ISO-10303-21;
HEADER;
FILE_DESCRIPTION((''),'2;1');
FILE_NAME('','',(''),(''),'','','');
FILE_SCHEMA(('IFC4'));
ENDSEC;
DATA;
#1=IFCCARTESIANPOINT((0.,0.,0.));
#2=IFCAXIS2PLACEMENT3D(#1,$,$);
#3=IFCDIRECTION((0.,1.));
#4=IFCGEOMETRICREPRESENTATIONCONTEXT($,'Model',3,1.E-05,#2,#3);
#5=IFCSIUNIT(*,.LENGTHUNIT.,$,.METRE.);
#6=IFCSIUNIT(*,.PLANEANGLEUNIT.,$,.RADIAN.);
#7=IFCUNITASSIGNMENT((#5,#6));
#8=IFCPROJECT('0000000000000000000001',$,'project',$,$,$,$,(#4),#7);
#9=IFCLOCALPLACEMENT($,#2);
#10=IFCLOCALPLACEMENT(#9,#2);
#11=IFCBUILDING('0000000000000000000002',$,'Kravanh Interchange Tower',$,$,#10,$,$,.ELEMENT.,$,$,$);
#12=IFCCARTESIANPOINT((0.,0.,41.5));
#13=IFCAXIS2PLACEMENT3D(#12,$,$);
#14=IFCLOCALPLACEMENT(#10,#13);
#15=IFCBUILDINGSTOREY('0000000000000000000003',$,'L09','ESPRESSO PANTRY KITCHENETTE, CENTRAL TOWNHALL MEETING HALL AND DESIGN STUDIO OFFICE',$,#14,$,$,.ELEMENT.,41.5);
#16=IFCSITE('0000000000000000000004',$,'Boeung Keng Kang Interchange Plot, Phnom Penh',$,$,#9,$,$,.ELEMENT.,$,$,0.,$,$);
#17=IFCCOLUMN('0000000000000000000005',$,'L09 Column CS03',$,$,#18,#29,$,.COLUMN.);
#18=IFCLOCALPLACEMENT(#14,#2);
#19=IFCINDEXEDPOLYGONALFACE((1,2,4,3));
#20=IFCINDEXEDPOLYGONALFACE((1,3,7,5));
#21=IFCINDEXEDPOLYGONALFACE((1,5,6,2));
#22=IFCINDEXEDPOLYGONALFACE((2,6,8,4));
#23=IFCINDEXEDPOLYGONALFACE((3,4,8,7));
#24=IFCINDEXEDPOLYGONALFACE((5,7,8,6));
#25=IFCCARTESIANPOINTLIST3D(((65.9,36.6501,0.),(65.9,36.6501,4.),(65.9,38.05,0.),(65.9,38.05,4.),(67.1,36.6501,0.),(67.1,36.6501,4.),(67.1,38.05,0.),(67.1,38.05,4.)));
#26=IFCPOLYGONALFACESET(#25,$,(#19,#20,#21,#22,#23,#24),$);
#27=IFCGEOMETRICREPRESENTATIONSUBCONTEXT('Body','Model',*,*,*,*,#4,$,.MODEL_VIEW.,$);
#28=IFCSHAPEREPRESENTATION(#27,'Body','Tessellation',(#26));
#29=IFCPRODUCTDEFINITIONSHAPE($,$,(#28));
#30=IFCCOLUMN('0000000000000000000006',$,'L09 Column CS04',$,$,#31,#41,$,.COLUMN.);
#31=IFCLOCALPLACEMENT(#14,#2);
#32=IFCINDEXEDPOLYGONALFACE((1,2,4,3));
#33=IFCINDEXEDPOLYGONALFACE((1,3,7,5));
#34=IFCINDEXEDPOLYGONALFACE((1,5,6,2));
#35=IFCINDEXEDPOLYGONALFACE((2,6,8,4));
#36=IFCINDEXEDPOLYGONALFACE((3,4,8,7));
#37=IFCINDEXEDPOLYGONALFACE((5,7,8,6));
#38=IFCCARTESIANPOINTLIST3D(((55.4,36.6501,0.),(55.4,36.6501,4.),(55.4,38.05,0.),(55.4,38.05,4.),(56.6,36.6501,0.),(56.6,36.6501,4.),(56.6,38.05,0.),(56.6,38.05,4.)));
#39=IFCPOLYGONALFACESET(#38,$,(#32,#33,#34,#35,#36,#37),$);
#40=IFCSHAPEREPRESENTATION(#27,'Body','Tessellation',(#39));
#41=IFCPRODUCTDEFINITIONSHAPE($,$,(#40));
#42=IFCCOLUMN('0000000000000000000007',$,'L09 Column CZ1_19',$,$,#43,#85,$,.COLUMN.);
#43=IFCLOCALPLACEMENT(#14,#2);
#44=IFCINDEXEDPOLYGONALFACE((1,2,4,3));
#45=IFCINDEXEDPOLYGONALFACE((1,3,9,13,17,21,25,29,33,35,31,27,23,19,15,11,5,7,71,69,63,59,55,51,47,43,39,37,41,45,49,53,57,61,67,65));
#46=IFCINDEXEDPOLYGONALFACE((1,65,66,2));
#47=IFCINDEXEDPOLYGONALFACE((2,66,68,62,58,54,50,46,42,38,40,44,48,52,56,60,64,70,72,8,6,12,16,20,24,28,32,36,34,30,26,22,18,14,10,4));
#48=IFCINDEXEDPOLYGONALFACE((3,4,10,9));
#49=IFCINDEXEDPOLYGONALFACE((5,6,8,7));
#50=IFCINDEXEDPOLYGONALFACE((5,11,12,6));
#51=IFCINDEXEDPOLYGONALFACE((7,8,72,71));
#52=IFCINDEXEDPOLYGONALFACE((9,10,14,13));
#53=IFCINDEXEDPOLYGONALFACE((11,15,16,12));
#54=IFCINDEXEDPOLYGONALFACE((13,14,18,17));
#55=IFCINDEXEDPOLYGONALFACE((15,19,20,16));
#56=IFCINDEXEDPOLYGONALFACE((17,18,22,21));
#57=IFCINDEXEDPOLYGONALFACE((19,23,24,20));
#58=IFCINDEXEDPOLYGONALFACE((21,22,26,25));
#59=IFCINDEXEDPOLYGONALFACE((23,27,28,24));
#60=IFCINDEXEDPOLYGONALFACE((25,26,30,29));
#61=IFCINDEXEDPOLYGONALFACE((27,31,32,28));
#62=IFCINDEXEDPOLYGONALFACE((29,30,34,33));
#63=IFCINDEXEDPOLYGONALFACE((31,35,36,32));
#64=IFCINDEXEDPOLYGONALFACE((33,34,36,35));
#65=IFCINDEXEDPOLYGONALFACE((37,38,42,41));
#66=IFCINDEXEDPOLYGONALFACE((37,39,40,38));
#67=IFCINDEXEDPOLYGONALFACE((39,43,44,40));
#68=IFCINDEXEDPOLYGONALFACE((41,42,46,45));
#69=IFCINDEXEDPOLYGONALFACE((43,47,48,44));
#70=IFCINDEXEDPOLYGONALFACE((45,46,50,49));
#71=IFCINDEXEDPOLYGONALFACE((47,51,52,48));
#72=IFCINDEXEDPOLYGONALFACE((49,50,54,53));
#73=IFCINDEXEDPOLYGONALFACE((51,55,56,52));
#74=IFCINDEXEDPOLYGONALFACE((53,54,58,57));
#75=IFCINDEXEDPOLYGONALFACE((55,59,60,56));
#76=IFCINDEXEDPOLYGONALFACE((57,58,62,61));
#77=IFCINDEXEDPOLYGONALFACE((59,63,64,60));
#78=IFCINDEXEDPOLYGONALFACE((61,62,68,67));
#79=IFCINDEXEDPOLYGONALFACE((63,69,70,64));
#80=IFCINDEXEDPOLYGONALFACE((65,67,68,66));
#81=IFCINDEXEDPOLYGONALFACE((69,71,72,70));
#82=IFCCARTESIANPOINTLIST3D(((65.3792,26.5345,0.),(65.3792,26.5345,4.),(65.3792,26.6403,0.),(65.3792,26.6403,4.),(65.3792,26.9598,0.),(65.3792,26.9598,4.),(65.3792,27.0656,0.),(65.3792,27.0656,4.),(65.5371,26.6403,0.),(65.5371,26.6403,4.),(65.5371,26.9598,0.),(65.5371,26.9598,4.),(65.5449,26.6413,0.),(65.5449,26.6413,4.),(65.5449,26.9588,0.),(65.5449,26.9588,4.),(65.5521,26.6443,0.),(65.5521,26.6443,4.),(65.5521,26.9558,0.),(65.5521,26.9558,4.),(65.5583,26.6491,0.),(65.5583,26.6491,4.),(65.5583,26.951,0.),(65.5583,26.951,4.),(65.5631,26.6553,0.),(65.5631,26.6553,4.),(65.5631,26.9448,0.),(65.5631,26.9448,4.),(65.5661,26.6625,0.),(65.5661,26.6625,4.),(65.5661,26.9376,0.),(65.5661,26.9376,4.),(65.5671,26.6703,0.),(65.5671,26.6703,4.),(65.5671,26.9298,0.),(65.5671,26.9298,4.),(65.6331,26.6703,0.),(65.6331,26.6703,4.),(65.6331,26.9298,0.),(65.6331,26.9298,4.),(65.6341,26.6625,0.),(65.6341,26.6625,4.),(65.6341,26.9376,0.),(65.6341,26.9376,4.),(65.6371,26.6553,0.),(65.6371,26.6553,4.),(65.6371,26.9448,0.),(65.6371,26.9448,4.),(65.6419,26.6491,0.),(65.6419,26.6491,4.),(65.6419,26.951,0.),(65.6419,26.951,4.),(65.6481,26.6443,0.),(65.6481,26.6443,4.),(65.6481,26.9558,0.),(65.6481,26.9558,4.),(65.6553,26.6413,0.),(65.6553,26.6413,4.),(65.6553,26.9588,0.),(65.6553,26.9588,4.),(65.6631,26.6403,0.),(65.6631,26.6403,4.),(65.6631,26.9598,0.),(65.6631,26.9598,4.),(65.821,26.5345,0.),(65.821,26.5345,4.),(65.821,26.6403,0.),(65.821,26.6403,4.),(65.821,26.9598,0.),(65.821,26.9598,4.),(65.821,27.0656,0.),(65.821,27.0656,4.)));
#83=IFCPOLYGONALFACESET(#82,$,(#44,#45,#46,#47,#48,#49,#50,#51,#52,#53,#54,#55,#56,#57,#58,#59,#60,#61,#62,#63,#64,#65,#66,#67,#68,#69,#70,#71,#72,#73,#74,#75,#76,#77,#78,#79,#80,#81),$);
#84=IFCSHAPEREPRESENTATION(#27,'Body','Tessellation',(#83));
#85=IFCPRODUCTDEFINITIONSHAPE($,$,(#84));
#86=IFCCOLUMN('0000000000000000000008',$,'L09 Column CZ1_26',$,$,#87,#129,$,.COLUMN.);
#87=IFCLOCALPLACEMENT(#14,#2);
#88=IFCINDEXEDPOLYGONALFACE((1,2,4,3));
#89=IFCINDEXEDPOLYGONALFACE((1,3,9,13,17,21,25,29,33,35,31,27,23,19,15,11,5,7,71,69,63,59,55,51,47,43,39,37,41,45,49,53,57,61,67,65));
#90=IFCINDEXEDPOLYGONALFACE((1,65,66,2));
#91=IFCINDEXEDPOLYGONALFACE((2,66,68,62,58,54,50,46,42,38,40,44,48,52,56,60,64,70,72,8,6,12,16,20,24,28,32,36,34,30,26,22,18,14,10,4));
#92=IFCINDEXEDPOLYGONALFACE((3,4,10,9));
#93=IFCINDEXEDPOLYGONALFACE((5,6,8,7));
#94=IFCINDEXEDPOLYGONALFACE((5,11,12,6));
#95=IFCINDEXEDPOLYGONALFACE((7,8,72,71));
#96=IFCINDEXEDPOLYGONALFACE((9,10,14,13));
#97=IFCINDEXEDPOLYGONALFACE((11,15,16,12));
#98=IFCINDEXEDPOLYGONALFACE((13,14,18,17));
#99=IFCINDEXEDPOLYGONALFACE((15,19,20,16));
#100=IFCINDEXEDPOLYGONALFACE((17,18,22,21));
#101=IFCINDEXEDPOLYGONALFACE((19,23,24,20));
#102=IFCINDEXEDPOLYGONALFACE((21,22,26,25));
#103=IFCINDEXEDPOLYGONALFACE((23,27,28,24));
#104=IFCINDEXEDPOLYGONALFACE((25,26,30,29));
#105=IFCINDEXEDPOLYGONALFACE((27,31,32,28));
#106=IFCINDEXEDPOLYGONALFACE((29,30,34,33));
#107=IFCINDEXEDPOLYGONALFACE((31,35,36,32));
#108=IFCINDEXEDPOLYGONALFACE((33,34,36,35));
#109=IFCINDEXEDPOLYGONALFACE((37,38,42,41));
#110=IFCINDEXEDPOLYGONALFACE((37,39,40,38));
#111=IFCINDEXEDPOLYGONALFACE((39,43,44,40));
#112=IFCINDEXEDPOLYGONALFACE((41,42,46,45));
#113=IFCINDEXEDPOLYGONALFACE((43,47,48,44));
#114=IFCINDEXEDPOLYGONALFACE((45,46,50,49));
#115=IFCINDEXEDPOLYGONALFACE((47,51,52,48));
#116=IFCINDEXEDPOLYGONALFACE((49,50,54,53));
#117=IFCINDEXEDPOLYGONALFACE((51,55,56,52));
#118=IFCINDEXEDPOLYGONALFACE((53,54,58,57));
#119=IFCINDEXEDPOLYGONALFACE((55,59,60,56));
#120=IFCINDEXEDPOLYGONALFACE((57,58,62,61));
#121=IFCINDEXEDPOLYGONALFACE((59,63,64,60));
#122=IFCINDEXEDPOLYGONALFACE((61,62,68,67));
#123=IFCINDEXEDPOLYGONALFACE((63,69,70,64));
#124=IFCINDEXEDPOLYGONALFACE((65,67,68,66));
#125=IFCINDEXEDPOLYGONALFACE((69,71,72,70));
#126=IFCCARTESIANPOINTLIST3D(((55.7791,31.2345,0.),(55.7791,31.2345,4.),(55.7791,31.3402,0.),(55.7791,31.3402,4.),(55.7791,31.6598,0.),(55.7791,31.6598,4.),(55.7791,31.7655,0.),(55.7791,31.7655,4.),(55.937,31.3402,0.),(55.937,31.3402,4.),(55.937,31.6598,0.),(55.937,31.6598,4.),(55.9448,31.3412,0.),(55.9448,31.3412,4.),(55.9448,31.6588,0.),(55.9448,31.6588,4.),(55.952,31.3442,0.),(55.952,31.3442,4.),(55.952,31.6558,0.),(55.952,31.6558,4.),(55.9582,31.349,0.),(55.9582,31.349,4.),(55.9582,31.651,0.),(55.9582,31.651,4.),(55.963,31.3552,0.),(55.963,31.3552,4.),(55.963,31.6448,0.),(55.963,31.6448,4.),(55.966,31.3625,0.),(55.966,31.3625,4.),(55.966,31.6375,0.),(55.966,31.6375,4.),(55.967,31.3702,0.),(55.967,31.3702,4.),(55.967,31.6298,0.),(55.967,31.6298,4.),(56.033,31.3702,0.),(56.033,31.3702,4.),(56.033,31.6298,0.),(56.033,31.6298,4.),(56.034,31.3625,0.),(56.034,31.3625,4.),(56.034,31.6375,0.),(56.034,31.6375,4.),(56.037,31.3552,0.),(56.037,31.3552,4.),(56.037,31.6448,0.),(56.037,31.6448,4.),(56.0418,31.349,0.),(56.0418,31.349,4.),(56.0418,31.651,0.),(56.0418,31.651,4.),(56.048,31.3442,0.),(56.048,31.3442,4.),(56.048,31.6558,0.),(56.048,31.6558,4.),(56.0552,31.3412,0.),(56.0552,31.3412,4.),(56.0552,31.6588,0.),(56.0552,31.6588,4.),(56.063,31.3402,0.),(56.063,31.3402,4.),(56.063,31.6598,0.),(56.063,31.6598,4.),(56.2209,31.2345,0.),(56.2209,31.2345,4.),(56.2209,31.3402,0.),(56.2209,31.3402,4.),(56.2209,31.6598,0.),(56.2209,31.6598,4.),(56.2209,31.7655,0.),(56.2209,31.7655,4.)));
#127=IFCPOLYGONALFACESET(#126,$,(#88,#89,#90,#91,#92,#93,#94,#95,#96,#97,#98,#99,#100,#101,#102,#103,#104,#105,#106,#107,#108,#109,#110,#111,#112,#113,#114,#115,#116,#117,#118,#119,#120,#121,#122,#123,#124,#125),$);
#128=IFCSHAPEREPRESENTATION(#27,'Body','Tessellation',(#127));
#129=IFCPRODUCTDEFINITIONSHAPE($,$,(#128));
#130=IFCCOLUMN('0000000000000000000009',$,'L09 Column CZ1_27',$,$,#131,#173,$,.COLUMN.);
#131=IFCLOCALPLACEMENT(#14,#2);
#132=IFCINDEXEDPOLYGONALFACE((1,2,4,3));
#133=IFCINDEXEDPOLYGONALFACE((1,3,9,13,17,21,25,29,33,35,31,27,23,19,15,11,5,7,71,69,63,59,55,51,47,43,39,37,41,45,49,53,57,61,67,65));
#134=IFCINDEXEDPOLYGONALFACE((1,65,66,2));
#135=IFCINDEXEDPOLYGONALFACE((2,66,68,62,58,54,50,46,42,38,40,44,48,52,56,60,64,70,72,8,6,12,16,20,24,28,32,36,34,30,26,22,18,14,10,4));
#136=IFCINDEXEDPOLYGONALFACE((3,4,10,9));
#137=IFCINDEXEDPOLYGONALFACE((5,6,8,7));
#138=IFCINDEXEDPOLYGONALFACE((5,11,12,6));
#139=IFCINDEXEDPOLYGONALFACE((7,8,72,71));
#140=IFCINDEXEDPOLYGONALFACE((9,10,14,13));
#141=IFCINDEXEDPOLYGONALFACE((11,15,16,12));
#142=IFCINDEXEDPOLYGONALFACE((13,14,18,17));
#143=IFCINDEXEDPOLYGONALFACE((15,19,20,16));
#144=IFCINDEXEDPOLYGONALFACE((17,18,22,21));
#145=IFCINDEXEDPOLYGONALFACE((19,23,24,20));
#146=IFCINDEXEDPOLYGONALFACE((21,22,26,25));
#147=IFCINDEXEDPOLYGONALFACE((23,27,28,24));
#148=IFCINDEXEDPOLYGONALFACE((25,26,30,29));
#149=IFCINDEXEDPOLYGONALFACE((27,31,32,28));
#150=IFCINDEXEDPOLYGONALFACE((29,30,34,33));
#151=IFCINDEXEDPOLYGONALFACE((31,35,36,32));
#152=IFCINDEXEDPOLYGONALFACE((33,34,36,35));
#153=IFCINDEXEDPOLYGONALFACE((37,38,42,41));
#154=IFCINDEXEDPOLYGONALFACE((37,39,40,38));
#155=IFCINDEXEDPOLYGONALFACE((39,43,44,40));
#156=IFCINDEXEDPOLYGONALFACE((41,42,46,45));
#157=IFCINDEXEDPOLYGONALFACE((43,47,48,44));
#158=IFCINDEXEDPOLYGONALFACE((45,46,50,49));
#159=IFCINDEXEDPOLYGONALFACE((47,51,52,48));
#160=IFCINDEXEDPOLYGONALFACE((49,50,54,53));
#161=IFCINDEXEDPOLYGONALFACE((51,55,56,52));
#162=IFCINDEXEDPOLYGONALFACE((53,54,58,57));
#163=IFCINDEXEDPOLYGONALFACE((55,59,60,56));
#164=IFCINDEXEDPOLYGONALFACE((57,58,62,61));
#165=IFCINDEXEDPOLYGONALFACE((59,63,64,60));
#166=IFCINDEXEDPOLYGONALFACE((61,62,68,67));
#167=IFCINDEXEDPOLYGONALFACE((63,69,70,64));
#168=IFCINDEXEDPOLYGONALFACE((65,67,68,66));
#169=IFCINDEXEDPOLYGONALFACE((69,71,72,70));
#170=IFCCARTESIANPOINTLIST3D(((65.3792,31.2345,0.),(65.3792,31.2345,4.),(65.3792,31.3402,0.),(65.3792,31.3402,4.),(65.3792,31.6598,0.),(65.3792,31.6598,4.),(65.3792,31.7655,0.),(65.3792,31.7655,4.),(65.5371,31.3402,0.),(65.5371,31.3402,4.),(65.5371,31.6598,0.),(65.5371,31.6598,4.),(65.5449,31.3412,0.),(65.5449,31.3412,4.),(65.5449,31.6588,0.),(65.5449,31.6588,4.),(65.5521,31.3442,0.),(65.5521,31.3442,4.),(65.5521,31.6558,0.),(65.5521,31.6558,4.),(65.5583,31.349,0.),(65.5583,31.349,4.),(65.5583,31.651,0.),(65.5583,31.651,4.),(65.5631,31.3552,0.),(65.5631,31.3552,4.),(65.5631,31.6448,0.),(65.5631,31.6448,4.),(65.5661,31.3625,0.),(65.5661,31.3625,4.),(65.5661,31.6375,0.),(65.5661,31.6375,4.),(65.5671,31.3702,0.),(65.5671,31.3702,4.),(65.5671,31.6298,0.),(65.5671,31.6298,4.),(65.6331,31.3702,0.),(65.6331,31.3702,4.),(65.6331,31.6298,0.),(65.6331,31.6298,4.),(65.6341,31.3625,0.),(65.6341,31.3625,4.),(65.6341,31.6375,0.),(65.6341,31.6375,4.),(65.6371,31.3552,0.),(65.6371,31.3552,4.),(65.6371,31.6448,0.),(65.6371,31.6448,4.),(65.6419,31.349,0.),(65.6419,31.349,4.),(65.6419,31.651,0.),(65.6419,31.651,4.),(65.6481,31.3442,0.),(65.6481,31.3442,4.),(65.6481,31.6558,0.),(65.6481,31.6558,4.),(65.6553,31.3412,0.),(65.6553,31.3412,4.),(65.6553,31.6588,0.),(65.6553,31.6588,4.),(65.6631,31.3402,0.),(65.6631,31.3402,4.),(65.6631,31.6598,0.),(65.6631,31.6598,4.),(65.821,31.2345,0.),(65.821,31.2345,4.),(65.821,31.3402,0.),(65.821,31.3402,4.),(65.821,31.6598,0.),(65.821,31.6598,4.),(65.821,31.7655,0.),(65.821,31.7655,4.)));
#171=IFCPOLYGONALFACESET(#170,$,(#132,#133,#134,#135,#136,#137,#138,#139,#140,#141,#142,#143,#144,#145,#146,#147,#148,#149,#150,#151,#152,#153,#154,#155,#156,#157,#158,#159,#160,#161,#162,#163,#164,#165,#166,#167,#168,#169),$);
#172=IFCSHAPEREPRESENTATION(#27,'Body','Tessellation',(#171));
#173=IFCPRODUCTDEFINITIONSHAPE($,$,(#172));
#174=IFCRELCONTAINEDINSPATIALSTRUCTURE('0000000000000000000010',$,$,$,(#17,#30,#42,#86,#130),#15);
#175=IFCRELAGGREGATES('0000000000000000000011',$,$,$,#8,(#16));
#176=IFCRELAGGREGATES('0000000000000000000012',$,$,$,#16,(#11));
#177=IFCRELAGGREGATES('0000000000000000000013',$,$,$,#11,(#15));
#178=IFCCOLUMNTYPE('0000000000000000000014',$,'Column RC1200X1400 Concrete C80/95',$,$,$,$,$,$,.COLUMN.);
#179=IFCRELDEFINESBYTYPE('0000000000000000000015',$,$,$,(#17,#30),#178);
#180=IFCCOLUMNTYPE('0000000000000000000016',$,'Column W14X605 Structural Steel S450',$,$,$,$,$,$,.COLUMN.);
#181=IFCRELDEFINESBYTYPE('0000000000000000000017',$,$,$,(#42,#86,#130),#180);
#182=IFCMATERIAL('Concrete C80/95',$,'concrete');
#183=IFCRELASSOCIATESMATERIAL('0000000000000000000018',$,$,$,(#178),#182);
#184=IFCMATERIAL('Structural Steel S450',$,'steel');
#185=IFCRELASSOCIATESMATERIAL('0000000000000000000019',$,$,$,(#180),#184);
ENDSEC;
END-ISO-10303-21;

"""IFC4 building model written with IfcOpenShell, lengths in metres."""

from ifc_helpers import new_model, si_unit, direction, frame, origin, origin_2d, place, context, subcontext, project, spatial, rectangle, i_section, extrude, material, material_profile, profile_set, type_object, element, save


model = new_model("IFC4")

# Units and contexts
model_context = context("Model", 3, precision=1e-05, world=origin(), true_north=direction((0.0, 1.0)))
body_context = subcontext(model_context, "Body", "Model", "MODEL_VIEW")
ifc_project = project(units=[si_unit("LENGTHUNIT", "METRE"), si_unit("PLANEANGLEUNIT", "RADIAN")], contexts=[model_context])

# Site, building, storey
site_placement = place(None, origin())
site = spatial("IfcSite", under=ifc_project, at=site_placement, Name="Boeung Keng Kang Interchange Plot, Phnom Penh", CompositionType="ELEMENT", RefElevation=0.0)
building_placement = place(site_placement, origin())
building = spatial("IfcBuilding", under=site, at=building_placement, Name="Kravanh Interchange Tower", CompositionType="ELEMENT")
storey_placement = place(building_placement, frame((0.0, 0.0, 41.5)))
storey = spatial("IfcBuildingStorey", under=building, at=storey_placement, Name="L09", Description="ESPRESSO PANTRY KITCHENETTE, CENTRAL TOWNHALL MEETING HALL AND DESIGN STUDIO OFFICE", CompositionType="ELEMENT", Elevation=41.5)

# Columns
ifc_material_1 = material(Name="Concrete C80/95", Category="concrete")
ifc_material_profile_1 = material_profile(ifc_material_1, rectangle(XDim=1.2, YDim=1.3999, at=origin_2d()), Name="RC1200X1400")
ifc_profile_set_1 = profile_set([ifc_material_profile_1], Name="Concrete C80/95")
column_type_1 = type_object("IfcColumnType", Name="Column RC1200X1400 Concrete C80/95", PredefinedType="COLUMN", material=ifc_profile_set_1)
for number, where, z_axis, x_axis, name in (
    (1, (66.5, 37.3501, 0.0), (0.0, 0.0, 1.0), (1.0, 0.0, 0.0), "L09 Column CS03"),
    (2, (56.0, 37.3501, 0.0), (0.0, 0.0, 1.0), (1.0, 0.0, 0.0), "L09 Column CS04"),
):
    element("IfcColumn", number, at=place(storey_placement, frame(where, z_axis=z_axis, x_axis=x_axis)), inside=storey, type_object=column_type_1, Name=name, PredefinedType="COLUMN", context=body_context, shape_type="SweptSolid", body=[
        extrude(rectangle(XDim=1.2, YDim=1.3999, at=origin_2d()), origin(), (0.0, 0.0, 1.0), 4.0),
    ])
ifc_material_2 = material(Name="Structural Steel S450", Category="steel")
ifc_material_profile_2 = material_profile(ifc_material_2, i_section(OverallWidth=0.4419, OverallDepth=0.531, WebThickness=0.0659, FlangeThickness=0.1057, FilletRadius=0.03, at=origin_2d()), Name="W14X605")
ifc_profile_set_2 = profile_set([ifc_material_profile_2], Name="Structural Steel S450")
column_type_2 = type_object("IfcColumnType", Name="Column W14X605 Structural Steel S450", PredefinedType="COLUMN", material=ifc_profile_set_2)
for number, where, z_axis, x_axis, name in (
    (3, (65.6001, 26.8, 0.0), (0.0, 0.0, 1.0), (1.0, 0.0, 0.0), "L09 Column CZ1_19"),
    (4, (56.0, 31.5, 0.0), (0.0, 0.0, 1.0), (1.0, 0.0, 0.0), "L09 Column CZ1_26"),
    (5, (65.6001, 31.5, 0.0), (0.0, 0.0, 1.0), (1.0, 0.0, 0.0), "L09 Column CZ1_27"),
):
    element("IfcColumn", number, at=place(storey_placement, frame(where, z_axis=z_axis, x_axis=x_axis)), inside=storey, type_object=column_type_2, Name=name, PredefinedType="COLUMN", context=body_context, shape_type="SweptSolid", body=[
        extrude(i_section(OverallWidth=0.4419, OverallDepth=0.531, WebThickness=0.0659, FlangeThickness=0.1057, FilletRadius=0.03, at=origin_2d()), origin(), (0.0, 0.0, 1.0), 4.0),
    ])

save(model, "model.ifc")
